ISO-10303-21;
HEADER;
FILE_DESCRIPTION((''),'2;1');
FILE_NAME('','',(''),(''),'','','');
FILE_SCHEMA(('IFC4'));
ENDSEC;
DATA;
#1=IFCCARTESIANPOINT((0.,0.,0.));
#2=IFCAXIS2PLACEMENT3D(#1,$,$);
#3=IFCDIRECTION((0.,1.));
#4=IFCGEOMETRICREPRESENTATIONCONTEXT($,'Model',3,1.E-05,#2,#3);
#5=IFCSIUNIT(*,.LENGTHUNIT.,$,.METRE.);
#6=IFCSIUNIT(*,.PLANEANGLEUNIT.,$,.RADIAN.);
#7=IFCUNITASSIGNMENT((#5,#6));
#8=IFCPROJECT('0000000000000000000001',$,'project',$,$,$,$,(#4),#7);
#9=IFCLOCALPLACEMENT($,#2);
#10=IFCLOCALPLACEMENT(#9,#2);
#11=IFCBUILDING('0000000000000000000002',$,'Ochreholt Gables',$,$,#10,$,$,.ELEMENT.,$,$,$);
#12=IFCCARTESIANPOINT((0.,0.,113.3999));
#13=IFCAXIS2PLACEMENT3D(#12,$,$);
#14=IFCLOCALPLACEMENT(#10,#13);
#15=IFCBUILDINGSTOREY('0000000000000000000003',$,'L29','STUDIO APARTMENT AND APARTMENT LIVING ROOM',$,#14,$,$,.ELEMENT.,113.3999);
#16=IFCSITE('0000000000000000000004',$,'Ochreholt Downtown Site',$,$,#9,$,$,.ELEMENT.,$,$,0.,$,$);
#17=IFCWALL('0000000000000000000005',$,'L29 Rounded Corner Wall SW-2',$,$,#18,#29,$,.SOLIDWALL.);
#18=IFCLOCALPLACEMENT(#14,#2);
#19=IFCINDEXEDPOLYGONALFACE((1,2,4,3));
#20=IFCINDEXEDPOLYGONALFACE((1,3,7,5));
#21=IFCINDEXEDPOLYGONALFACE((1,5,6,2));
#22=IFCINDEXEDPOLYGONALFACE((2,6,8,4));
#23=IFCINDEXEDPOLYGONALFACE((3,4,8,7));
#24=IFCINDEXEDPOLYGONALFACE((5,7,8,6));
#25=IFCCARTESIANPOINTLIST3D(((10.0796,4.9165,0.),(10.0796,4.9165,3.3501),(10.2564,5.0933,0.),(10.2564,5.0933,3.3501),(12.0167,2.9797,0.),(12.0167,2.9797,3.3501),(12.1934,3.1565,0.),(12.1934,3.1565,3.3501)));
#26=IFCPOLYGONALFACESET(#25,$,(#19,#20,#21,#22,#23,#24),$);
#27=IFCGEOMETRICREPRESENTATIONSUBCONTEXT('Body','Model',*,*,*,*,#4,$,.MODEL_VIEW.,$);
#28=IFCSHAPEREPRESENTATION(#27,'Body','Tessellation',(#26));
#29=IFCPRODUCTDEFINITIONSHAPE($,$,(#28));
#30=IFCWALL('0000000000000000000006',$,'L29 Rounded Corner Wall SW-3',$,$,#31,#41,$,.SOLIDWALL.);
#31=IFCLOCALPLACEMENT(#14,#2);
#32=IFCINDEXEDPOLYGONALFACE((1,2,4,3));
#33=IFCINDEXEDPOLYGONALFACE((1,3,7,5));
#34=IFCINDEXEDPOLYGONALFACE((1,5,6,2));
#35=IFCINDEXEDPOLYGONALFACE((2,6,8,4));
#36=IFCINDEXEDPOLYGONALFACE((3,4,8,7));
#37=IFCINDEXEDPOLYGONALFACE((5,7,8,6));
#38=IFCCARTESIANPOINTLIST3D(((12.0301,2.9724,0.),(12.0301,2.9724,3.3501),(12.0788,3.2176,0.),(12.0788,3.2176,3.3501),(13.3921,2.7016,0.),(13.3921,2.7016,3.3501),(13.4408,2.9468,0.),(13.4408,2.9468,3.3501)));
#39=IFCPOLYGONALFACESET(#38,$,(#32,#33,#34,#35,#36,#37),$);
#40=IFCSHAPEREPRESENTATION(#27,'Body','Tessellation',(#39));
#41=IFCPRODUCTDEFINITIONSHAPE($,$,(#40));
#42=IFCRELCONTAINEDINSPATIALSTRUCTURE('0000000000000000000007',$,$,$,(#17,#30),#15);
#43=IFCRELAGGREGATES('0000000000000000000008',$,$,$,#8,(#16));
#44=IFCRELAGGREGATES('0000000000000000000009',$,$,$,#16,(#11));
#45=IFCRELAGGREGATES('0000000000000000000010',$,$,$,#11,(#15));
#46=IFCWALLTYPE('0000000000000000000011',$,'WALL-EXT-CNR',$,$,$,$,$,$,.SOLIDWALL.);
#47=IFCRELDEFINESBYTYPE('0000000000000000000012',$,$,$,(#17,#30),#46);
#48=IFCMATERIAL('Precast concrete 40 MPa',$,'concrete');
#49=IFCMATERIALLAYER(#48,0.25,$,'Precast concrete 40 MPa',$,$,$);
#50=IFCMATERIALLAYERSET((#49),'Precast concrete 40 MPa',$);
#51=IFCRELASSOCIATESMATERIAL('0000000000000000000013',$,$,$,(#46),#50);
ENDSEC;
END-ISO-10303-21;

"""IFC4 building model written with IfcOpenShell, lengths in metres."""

from ifc_helpers import new_model, si_unit, direction, frame, frame_2d, origin, place, context, subcontext, project, spatial, rectangle, extrude, material, layer, layer_set, type_object, element, save


model = new_model("IFC4")

# Units and contexts
model_context = context("Model", 3, precision=1e-05, world=origin(), true_north=direction((0.0, 1.0)))
body_context = subcontext(model_context, "Body", "Model", "MODEL_VIEW")
ifc_project = project(units=[si_unit("LENGTHUNIT", "METRE"), si_unit("PLANEANGLEUNIT", "RADIAN")], contexts=[model_context])

# Site, building, storey
site_placement = place(None, origin())
site = spatial("IfcSite", under=ifc_project, at=site_placement, Name="Ochreholt Downtown Site", CompositionType="ELEMENT", RefElevation=0.0)
building_placement = place(site_placement, origin())
building = spatial("IfcBuilding", under=site, at=building_placement, Name="Ochreholt Gables", CompositionType="ELEMENT")
storey_placement = place(building_placement, frame((0.0, 0.0, 113.3999)))
storey = spatial("IfcBuildingStorey", under=building, at=storey_placement, Name="L29", Description="STUDIO APARTMENT AND APARTMENT LIVING ROOM", CompositionType="ELEMENT", Elevation=113.3999)

# Shared definitions
ifc_material_1 = material(Name="Precast concrete 40 MPa", Category="concrete")

# Walls
ifc_layer_1 = layer(ifc_material_1, 0.25, Name="Precast concrete 40 MPa")
ifc_layer_set_1 = layer_set([ifc_layer_1], Name="Precast concrete 40 MPa")
wall_type_1 = type_object("IfcWallType", Name="WALL-EXT-CNR", PredefinedType="SOLIDWALL", material=ifc_layer_set_1)
wall_1_placement = place(storey_placement, frame((10.168, 5.0049, 0.0), z_axis=(0.0, 0.0, 1.0), x_axis=(0.707151, -0.707062, 0.0)))
element("IfcWall", 1, at=wall_1_placement, inside=storey, type_object=wall_type_1, Name="L29 Rounded Corner Wall SW-2", PredefinedType="SOLIDWALL", context=body_context, shape_type="SweptSolid", body=[
    extrude(rectangle(XDim=2.7393, YDim=0.25, at=frame_2d((1.3696, 0.0))), origin(), (0.0, 0.0, 1.0), 3.3501),
])
wall_2_placement = place(storey_placement, frame((12.0544, 3.095, 0.0), z_axis=(0.0, 0.0, 1.0), x_axis=(0.98081, -0.194967, 0.0)))
element("IfcWall", 2, at=wall_2_placement, inside=storey, type_object=wall_type_1, Name="L29 Rounded Corner Wall SW-3", PredefinedType="SOLIDWALL", context=body_context, shape_type="SweptSolid", body=[
    extrude(rectangle(XDim=1.3887, YDim=0.25, at=frame_2d((0.6943, 0.0))), origin(), (0.0, 0.0, 1.0), 3.3501),
])

save(model, "model.ifc")
